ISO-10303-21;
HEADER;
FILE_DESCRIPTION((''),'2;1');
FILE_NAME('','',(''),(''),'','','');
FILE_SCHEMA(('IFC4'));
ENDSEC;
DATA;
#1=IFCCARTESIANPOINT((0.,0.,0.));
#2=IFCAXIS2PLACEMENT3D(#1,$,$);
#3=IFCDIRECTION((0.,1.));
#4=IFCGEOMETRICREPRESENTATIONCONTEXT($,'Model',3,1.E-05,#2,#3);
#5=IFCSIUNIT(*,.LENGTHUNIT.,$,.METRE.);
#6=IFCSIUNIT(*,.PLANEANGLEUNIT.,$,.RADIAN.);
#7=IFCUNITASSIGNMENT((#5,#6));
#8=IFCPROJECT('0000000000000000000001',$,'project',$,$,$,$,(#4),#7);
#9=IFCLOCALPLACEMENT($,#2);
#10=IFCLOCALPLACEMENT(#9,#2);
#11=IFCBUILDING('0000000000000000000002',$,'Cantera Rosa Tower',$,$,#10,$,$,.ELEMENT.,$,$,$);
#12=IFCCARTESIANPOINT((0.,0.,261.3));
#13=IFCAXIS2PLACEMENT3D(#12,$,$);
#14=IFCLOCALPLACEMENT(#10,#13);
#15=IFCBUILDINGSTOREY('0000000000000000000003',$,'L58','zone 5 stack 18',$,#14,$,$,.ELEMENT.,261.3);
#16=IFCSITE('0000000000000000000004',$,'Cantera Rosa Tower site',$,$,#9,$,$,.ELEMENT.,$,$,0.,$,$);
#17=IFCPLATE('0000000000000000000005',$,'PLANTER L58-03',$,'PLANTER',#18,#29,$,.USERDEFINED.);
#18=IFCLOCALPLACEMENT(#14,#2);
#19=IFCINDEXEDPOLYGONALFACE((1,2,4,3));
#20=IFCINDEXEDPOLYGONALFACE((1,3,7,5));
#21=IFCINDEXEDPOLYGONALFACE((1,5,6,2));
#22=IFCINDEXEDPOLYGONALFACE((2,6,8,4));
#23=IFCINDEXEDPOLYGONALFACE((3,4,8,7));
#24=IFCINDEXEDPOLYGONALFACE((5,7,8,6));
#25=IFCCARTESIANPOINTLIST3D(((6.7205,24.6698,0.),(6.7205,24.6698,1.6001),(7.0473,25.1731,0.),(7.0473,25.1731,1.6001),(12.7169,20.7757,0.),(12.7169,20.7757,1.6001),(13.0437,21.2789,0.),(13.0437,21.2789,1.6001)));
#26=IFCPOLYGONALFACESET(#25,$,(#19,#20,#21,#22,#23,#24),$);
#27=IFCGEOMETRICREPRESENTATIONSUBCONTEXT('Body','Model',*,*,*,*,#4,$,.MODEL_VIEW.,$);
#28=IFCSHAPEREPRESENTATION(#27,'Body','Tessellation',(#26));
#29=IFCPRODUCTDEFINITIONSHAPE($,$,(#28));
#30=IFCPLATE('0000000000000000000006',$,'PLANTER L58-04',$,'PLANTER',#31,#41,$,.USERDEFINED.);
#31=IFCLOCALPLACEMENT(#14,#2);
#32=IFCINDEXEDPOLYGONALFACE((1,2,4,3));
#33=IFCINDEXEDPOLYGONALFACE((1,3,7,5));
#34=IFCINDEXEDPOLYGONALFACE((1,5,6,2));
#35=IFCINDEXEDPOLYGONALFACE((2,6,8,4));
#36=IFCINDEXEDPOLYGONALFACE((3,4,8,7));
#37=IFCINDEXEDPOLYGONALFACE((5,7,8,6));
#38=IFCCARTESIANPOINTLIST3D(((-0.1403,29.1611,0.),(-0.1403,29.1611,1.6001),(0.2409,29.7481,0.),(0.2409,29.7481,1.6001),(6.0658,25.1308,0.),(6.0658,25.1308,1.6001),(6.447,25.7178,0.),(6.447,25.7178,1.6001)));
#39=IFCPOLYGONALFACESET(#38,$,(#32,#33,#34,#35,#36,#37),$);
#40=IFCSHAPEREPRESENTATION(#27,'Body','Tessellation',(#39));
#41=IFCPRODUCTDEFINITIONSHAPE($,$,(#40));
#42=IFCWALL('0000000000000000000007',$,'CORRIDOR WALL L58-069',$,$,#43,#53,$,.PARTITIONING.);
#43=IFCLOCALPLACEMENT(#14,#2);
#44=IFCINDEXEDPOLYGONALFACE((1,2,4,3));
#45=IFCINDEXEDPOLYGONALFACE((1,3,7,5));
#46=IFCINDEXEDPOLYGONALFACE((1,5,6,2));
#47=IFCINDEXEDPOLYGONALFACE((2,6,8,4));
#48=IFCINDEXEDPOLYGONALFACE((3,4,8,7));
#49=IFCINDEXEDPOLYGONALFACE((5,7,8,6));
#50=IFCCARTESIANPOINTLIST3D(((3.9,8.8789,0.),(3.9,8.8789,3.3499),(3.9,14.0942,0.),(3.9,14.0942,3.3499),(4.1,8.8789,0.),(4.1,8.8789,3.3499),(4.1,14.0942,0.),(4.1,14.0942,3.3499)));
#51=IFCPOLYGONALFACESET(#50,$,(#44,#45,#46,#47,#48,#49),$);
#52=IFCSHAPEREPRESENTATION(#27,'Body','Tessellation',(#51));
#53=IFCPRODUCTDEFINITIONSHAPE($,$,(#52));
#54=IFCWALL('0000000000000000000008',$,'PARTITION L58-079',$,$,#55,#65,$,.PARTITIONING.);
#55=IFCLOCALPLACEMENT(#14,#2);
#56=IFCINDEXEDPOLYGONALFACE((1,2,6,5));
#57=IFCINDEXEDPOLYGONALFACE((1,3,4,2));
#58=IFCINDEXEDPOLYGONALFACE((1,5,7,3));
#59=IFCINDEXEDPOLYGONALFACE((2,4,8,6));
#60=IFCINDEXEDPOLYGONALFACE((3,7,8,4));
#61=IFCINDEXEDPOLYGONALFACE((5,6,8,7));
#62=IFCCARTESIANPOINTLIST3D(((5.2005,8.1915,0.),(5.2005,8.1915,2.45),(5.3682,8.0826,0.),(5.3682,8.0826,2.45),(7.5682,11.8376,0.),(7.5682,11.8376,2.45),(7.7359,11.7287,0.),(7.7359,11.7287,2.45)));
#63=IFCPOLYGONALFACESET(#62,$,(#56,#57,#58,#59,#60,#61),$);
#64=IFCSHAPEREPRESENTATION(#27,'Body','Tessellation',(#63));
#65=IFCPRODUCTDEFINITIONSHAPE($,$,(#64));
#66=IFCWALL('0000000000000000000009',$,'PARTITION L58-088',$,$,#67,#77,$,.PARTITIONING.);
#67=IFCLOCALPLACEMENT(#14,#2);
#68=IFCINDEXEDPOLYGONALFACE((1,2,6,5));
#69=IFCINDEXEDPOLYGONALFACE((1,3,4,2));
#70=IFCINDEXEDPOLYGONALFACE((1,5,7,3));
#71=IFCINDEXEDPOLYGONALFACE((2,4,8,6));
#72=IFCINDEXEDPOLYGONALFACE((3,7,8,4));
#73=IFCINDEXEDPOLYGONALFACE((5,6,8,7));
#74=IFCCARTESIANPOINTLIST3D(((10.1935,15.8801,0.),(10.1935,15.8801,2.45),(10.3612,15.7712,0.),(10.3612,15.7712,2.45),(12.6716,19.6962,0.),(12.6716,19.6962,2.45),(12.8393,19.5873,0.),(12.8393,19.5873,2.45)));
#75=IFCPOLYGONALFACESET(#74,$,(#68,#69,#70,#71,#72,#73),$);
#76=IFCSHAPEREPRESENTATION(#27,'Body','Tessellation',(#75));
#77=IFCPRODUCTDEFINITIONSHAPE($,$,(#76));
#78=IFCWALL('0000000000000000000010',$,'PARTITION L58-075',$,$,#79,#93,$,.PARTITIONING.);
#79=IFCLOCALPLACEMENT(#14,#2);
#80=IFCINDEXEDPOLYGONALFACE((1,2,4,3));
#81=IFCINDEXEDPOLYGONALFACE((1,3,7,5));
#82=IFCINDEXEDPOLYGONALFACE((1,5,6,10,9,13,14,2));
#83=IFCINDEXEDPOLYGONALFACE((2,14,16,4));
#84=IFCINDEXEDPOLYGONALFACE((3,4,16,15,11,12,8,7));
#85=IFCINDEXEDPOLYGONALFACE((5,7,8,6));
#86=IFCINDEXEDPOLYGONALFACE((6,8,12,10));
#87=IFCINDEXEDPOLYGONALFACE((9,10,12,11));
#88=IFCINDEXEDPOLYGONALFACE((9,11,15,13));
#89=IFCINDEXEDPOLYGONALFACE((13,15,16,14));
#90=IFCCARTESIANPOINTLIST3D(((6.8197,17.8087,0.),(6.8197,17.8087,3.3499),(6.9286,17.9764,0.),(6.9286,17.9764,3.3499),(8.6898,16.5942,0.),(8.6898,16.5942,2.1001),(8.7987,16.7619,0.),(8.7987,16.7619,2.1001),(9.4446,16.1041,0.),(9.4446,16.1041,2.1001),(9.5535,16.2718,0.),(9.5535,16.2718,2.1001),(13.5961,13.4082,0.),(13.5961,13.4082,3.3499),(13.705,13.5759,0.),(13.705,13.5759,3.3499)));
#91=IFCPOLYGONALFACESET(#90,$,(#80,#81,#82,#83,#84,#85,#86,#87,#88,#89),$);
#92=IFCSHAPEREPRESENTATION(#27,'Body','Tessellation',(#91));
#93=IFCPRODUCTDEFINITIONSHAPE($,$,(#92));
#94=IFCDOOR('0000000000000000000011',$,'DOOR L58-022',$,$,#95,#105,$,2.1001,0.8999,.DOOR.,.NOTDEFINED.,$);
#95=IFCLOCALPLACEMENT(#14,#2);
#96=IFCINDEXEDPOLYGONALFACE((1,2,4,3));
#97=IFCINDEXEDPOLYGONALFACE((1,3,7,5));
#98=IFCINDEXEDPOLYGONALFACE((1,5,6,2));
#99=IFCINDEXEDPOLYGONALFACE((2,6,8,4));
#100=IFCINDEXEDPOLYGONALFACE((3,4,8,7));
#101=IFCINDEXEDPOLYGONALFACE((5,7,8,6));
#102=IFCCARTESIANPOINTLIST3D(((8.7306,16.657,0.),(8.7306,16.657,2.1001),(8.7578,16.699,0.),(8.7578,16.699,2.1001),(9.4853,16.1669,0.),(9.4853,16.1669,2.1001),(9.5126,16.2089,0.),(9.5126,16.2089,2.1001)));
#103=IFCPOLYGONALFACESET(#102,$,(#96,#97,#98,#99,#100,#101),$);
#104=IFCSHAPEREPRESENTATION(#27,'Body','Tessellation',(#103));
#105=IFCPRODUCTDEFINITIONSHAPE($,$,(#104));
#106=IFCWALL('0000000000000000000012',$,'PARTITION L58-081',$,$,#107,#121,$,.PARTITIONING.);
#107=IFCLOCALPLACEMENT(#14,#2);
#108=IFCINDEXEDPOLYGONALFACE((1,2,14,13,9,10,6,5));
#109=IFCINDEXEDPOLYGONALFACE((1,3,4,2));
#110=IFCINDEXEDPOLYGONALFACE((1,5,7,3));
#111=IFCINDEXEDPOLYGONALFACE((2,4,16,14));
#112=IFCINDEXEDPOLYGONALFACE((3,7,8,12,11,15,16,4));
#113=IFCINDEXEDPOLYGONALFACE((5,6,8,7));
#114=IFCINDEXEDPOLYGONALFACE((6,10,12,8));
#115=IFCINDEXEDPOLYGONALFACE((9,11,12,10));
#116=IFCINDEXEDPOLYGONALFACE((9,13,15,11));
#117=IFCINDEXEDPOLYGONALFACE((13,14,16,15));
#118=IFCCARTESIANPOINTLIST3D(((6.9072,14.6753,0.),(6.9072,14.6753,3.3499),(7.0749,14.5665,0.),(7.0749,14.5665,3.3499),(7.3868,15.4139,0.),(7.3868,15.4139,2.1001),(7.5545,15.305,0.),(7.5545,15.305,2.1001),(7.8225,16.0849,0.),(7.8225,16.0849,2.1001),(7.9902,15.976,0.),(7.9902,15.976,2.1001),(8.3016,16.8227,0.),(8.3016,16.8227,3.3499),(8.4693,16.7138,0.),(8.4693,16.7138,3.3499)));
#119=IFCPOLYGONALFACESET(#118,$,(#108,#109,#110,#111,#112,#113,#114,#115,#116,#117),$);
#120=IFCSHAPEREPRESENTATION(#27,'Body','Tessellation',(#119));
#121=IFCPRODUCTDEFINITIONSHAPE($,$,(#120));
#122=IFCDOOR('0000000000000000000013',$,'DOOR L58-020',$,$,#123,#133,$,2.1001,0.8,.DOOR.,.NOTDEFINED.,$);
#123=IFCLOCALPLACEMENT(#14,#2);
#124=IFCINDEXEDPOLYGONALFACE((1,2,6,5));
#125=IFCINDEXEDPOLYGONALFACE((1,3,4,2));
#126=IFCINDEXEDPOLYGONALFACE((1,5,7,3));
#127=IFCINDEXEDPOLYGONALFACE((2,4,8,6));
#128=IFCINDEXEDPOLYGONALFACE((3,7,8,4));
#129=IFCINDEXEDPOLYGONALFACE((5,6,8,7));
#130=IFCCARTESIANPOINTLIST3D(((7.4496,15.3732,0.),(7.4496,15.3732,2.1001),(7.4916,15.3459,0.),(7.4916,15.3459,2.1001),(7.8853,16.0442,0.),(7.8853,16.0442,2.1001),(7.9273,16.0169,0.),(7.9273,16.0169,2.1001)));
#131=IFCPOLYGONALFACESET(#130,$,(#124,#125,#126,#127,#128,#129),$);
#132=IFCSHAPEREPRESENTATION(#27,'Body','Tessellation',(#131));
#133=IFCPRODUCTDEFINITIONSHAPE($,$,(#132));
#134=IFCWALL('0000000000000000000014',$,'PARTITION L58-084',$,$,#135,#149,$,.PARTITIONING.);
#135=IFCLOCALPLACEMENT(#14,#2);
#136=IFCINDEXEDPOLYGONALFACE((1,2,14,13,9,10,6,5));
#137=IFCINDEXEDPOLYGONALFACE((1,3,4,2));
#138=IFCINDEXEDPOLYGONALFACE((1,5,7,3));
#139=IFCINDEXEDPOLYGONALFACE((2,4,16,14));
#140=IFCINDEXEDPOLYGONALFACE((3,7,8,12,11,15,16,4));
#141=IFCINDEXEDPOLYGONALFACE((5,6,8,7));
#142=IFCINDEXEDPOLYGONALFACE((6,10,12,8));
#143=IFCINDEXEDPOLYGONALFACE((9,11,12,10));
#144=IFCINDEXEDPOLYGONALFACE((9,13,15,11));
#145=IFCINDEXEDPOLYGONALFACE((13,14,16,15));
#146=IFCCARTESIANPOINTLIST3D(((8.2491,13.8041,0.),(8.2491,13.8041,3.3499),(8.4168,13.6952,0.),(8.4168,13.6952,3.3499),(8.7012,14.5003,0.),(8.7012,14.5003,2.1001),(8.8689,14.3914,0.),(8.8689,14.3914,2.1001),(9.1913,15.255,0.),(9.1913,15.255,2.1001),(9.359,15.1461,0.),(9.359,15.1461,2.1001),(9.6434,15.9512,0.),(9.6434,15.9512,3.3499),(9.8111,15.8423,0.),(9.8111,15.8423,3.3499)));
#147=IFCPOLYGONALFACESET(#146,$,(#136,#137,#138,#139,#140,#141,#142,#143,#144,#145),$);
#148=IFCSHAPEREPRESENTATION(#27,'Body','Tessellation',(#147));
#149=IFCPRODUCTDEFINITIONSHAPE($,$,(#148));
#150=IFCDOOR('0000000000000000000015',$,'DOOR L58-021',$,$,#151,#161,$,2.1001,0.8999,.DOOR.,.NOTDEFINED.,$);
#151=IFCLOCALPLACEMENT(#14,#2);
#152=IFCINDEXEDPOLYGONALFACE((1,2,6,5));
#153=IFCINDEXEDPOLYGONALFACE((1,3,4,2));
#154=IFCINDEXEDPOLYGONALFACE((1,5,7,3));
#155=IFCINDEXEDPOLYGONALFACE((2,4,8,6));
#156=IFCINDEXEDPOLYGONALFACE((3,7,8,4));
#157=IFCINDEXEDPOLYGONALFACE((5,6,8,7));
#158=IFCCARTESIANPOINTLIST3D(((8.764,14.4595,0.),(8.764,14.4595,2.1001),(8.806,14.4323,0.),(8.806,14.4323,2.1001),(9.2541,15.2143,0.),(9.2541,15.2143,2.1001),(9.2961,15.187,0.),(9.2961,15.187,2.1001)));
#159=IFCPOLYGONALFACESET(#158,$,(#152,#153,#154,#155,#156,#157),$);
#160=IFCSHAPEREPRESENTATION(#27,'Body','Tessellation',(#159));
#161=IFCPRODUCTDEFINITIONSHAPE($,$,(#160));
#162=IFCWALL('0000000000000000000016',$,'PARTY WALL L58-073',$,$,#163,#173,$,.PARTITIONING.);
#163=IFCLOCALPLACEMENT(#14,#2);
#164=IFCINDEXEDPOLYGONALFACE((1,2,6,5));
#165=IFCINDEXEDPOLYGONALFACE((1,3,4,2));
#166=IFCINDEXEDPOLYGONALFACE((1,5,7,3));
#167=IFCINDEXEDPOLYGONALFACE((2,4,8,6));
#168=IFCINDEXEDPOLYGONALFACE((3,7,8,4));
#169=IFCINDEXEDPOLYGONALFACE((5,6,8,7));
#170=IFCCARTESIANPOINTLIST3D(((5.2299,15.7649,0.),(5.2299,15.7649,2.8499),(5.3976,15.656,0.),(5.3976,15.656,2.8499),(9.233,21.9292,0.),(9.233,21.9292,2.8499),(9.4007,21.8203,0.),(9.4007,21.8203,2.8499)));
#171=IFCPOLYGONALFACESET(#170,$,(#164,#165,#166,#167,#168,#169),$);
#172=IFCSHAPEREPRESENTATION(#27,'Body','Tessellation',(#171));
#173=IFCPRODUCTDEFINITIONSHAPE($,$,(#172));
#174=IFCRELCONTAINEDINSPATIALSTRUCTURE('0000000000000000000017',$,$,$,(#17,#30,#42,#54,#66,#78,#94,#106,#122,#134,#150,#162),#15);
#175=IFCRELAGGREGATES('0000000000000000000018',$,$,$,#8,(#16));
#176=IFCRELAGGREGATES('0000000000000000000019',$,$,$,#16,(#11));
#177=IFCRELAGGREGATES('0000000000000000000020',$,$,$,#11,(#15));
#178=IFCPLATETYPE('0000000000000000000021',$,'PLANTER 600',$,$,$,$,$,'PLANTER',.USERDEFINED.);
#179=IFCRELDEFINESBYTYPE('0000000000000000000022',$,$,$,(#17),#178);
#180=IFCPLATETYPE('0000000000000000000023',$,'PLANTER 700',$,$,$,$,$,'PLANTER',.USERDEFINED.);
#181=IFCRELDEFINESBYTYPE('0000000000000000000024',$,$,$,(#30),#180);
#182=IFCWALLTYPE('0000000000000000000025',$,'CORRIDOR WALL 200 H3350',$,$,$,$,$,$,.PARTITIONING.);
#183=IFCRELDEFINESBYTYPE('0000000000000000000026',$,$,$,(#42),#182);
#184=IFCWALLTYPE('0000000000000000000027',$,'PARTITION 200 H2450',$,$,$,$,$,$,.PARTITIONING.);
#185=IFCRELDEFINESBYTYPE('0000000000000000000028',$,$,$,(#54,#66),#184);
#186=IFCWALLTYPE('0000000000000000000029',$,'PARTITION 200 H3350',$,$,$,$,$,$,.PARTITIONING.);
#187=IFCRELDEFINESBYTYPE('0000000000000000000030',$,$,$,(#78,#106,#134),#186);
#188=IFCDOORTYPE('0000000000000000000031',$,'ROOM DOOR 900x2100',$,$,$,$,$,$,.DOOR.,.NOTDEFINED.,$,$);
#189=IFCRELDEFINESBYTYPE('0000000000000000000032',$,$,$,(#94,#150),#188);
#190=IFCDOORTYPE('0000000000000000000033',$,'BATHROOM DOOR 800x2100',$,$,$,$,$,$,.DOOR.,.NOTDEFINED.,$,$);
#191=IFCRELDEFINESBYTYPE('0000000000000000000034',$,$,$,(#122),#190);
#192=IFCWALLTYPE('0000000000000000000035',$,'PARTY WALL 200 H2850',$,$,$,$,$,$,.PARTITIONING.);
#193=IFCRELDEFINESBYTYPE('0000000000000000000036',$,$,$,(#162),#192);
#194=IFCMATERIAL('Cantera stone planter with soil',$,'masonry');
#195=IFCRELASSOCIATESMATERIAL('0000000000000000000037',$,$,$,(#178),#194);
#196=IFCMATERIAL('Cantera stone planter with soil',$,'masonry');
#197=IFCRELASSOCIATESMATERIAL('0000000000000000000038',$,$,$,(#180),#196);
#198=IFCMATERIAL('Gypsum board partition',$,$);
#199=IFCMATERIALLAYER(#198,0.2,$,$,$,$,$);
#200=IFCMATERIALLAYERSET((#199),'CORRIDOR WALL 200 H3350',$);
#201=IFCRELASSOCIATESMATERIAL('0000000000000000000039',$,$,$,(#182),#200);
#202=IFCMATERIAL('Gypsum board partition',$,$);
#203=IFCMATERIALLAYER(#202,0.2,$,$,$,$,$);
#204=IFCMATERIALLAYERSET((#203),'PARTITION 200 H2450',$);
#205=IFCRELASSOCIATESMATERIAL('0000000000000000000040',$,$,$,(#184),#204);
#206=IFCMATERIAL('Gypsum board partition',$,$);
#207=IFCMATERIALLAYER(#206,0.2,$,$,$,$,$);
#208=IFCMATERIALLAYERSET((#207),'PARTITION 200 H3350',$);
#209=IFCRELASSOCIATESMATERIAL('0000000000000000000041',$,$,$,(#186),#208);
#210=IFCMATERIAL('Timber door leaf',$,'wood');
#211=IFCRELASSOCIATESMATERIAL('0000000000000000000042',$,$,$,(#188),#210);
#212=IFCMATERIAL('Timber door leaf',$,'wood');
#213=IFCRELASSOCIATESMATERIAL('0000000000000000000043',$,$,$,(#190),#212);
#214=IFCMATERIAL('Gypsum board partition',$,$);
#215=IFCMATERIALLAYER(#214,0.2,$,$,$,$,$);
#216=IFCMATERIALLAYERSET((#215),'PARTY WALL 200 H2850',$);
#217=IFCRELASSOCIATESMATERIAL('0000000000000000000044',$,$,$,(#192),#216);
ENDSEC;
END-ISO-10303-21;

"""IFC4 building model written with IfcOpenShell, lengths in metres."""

from ifc_helpers import new_model, si_unit, direction, frame, frame_2d, origin, origin_2d, place, context, subcontext, project, spatial, rectangle, extrude, material, layer, layer_set, type_object, element, fill, save


model = new_model("IFC4")

# Units and contexts
model_context = context("Model", 3, precision=1e-05, world=origin(), true_north=direction((0.0, 1.0)))
body_context = subcontext(model_context, "Body", "Model", "MODEL_VIEW")
ifc_project = project(units=[si_unit("LENGTHUNIT", "METRE"), si_unit("PLANEANGLEUNIT", "RADIAN")], contexts=[model_context])

# Site, building, storey
site_placement = place(None, origin())
site = spatial("IfcSite", under=ifc_project, at=site_placement, Name="Cantera Rosa Tower site", CompositionType="ELEMENT", RefElevation=0.0)
building_placement = place(site_placement, origin())
building = spatial("IfcBuilding", under=site, at=building_placement, Name="Cantera Rosa Tower", CompositionType="ELEMENT")
storey_placement = place(building_placement, frame((0.0, 0.0, 261.3)))
storey = spatial("IfcBuildingStorey", under=building, at=storey_placement, Name="L58", Description="zone 5 stack 18", CompositionType="ELEMENT", Elevation=261.3)

# Plates
ifc_material_1 = material(Name="Cantera stone planter with soil", Category="masonry")
plate_type_1 = type_object("IfcPlateType", Name="PLANTER 600", ElementType="PLANTER", PredefinedType="USERDEFINED", material=ifc_material_1)
plate_1_placement = place(storey_placement, frame((9.8821, 22.9744, 0.0), z_axis=(0.0, 0.0, 1.0), x_axis=(-0.838671, 0.544639, 0.0)))
element("IfcPlate", 1, at=plate_1_placement, inside=storey, type_object=plate_type_1, Name="PLANTER L58-03", ObjectType="PLANTER", PredefinedType="USERDEFINED", context=body_context, shape_type="SweptSolid", body=[
    extrude(rectangle(XDim=7.1499, YDim=0.6001, at=origin_2d()), origin(), (0.0, 0.0, 1.0), 1.6001),
])
ifc_material_2 = material(Name="Cantera stone planter with soil", Category="masonry")
plate_type_2 = type_object("IfcPlateType", Name="PLANTER 700", ElementType="PLANTER", PredefinedType="USERDEFINED", material=ifc_material_2)
plate_2_placement = place(storey_placement, frame((3.1533, 27.4395, 0.0), z_axis=(0.0, 0.0, 1.0), x_axis=(-0.838671, 0.544639, 0.0)))
element("IfcPlate", 2, at=plate_2_placement, inside=storey, type_object=plate_type_2, Name="PLANTER L58-04", ObjectType="PLANTER", PredefinedType="USERDEFINED", context=body_context, shape_type="SweptSolid", body=[
    extrude(rectangle(XDim=7.3999, YDim=0.7, at=origin_2d()), origin(), (0.0, 0.0, 1.0), 1.6001),
])

# Wall
ifc_material_3 = material(Name="Gypsum board partition")
ifc_layer_1 = layer(ifc_material_3, 0.2)
ifc_layer_set_1 = layer_set([ifc_layer_1], Name="CORRIDOR WALL 200 H3350")
wall_type_1 = type_object("IfcWallType", Name="CORRIDOR WALL 200 H3350", PredefinedType="PARTITIONING", material=ifc_layer_set_1)
wall_1_placement = place(storey_placement, frame((4.0, 8.8789, 0.0), z_axis=(0.0, 0.0, 1.0), x_axis=(0.0, 1.0, 0.0)))
element("IfcWall", 3, at=wall_1_placement, inside=storey, type_object=wall_type_1, Name="CORRIDOR WALL L58-069", PredefinedType="PARTITIONING", context=body_context, shape_type="SweptSolid", body=[
    extrude(rectangle(XDim=5.2153, YDim=0.2, at=frame_2d((2.6077, 0.0))), origin(), (0.0, 0.0, 1.0), 3.3499),
])

# Walls
ifc_material_4 = material(Name="Gypsum board partition")
ifc_layer_2 = layer(ifc_material_4, 0.2)
ifc_layer_set_2 = layer_set([ifc_layer_2], Name="PARTITION 200 H2450")
wall_type_2 = type_object("IfcWallType", Name="PARTITION 200 H2450", PredefinedType="PARTITIONING", material=ifc_layer_set_2)
wall_2_placement = place(storey_placement, frame((7.6521, 11.7832, 0.0), z_axis=(0.0, 0.0, 1.0), x_axis=(-0.544629, -0.838677, 0.0)))
element("IfcWall", 4, at=wall_2_placement, inside=storey, type_object=wall_type_2, Name="PARTITION L58-079", PredefinedType="PARTITIONING", context=body_context, shape_type="SweptSolid", body=[
    extrude(rectangle(XDim=4.3474, YDim=0.2, at=frame_2d((2.1738, 0.0))), origin(), (0.0, 0.0, 1.0), 2.45),
])
wall_3_placement = place(storey_placement, frame((12.7554, 19.6416, 0.0), z_axis=(0.0, 0.0, 1.0), x_axis=(-0.54463, -0.838676, 0.0)))
element("IfcWall", 5, at=wall_3_placement, inside=storey, type_object=wall_type_2, Name="PARTITION L58-088", PredefinedType="PARTITIONING", context=body_context, shape_type="SweptSolid", body=[
    extrude(rectangle(XDim=4.55, YDim=0.2, at=frame_2d((2.2749, 0.0))), origin(), (0.0, 0.0, 1.0), 2.45),
])

# Walls, openings, doors
ifc_material_5 = material(Name="Gypsum board partition")
ifc_layer_3 = layer(ifc_material_5, 0.2)
ifc_layer_set_3 = layer_set([ifc_layer_3], Name="PARTITION 200 H3350")
wall_type_3 = type_object("IfcWallType", Name="PARTITION 200 H3350", PredefinedType="PARTITIONING", material=ifc_layer_set_3)
wall_4_placement = place(storey_placement, frame((6.874, 17.8926, 0.0), z_axis=(0.0, 0.0, 1.0), x_axis=(0.838684, -0.544619, 0.0)))
wall_4 = element("IfcWall", 6, at=wall_4_placement, inside=storey, type_object=wall_type_3, Name="PARTITION L58-075", PredefinedType="PARTITIONING", context=body_context, shape_type="SweptSolid", body=[
    extrude(rectangle(XDim=8.0798, YDim=0.2, at=frame_2d((4.04, 0.0))), origin(), (0.0, 0.0, 1.0), 3.3499),
])
opening_1_placement = place(wall_4_placement, frame((2.23, 0.0, 0.0)))
opening_1 = element("IfcOpeningElement", 7, at=opening_1_placement, cuts=wall_4, PredefinedType="OPENING", context=body_context, shape_type="SweptSolid", body=[
    extrude(rectangle(XDim=0.8999, YDim=2.1001, at=frame_2d((0.45, 1.05))), frame((0.0, 0.1099, 0.0), z_axis=(0.0, -1.0, 0.0), x_axis=(1.0, 0.0, 0.0)), (0.0, 0.0, 1.0), 0.22),
])
ifc_material_6 = material(Name="Timber door leaf", Category="wood")
door_type_1 = type_object("IfcDoorType", Name="ROOM DOOR 900x2100", OperationType="NOTDEFINED", PredefinedType="DOOR", material=ifc_material_6)
door_1_placement = place(opening_1_placement, origin())
door_1 = element("IfcDoor", 8, at=door_1_placement, inside=storey, type_object=door_type_1, Name="DOOR L58-022", OperationType="NOTDEFINED", OverallHeight=2.1001, OverallWidth=0.8999, PredefinedType="DOOR", context=body_context, shape_type="SweptSolid", body=[
    extrude(rectangle(XDim=0.8999, YDim=2.1001, at=frame_2d((0.45, 1.05))), frame((0.0, 0.0249, 0.0), z_axis=(0.0, -1.0, 0.0), x_axis=(1.0, 0.0, 0.0)), (0.0, 0.0, 1.0), 0.05),
])
fill(opening_1, door_1)
wall_5_placement = place(storey_placement, frame((8.3855, 16.7683, 0.0), z_axis=(0.0, 0.0, 1.0), x_axis=(-0.544603, -0.838694, 0.0)))
wall_5 = element("IfcWall", 9, at=wall_5_placement, inside=storey, type_object=wall_type_3, Name="PARTITION L58-081", PredefinedType="PARTITIONING", context=body_context, shape_type="SweptSolid", body=[
    extrude(rectangle(XDim=2.5603, YDim=0.2, at=frame_2d((1.2803, 0.0))), origin(), (0.0, 0.0, 1.0), 3.3499),
])
opening_2_placement = place(wall_5_placement, frame((0.8799, 0.0, 0.0)))
opening_2 = element("IfcOpeningElement", 10, at=opening_2_placement, cuts=wall_5, PredefinedType="OPENING", context=body_context, shape_type="SweptSolid", body=[
    extrude(rectangle(XDim=0.8, YDim=2.1001, at=frame_2d((0.3999, 1.05))), frame((0.0, 0.1099, 0.0), z_axis=(0.0, -1.0, 0.0), x_axis=(1.0, 0.0, 0.0)), (0.0, 0.0, 1.0), 0.22),
])
ifc_material_7 = material(Name="Timber door leaf", Category="wood")
door_type_2 = type_object("IfcDoorType", Name="BATHROOM DOOR 800x2100", OperationType="NOTDEFINED", PredefinedType="DOOR", material=ifc_material_7)
door_2_placement = place(opening_2_placement, origin())
door_2 = element("IfcDoor", 11, at=door_2_placement, inside=storey, type_object=door_type_2, Name="DOOR L58-020", OperationType="NOTDEFINED", OverallHeight=2.1001, OverallWidth=0.8, PredefinedType="DOOR", context=body_context, shape_type="SweptSolid", body=[
    extrude(rectangle(XDim=0.8, YDim=2.1001, at=frame_2d((0.3999, 1.05))), frame((0.0, 0.0249, 0.0), z_axis=(0.0, -1.0, 0.0), x_axis=(1.0, 0.0, 0.0)), (0.0, 0.0, 1.0), 0.05),
])
fill(opening_2, door_2)
wall_6_placement = place(storey_placement, frame((9.7273, 15.8967, 0.0), z_axis=(0.0, 0.0, 1.0), x_axis=(-0.544646, -0.838666, 0.0)))
wall_6 = element("IfcWall", 12, at=wall_6_placement, inside=storey, type_object=wall_type_3, Name="PARTITION L58-084", PredefinedType="PARTITIONING", context=body_context, shape_type="SweptSolid", body=[
    extrude(rectangle(XDim=2.5601, YDim=0.2, at=frame_2d((1.28, 0.0))), origin(), (0.0, 0.0, 1.0), 3.3499),
])
opening_3_placement = place(wall_6_placement, frame((0.8301, 0.0, 0.0)))
opening_3 = element("IfcOpeningElement", 13, at=opening_3_placement, cuts=wall_6, PredefinedType="OPENING", context=body_context, shape_type="SweptSolid", body=[
    extrude(rectangle(XDim=0.8999, YDim=2.1001, at=frame_2d((0.45, 1.05))), frame((0.0, 0.1099, 0.0), z_axis=(0.0, -1.0, 0.0), x_axis=(1.0, 0.0, 0.0)), (0.0, 0.0, 1.0), 0.22),
])
door_3_placement = place(opening_3_placement, origin())
door_3 = element("IfcDoor", 14, at=door_3_placement, inside=storey, type_object=door_type_1, Name="DOOR L58-021", OperationType="NOTDEFINED", OverallHeight=2.1001, OverallWidth=0.8999, PredefinedType="DOOR", context=body_context, shape_type="SweptSolid", body=[
    extrude(rectangle(XDim=0.8999, YDim=2.1001, at=frame_2d((0.45, 1.05))), frame((0.0, 0.0249, 0.0), z_axis=(0.0, -1.0, 0.0), x_axis=(1.0, 0.0, 0.0)), (0.0, 0.0, 1.0), 0.05),
])
fill(opening_3, door_3)

# Wall
ifc_material_8 = material(Name="Gypsum board partition")
ifc_layer_4 = layer(ifc_material_8, 0.2)
ifc_layer_set_4 = layer_set([ifc_layer_4], Name="PARTY WALL 200 H2850")
wall_type_4 = type_object("IfcWallType", Name="PARTY WALL 200 H2850", PredefinedType="PARTITIONING", material=ifc_layer_set_4)
wall_7_placement = place(storey_placement, frame((5.3137, 15.7104, 0.0), z_axis=(0.0, 0.0, 1.0), x_axis=(0.544642, 0.838669, 0.0)))
element("IfcWall", 15, at=wall_7_placement, inside=storey, type_object=wall_type_4, Name="PARTY WALL L58-073", PredefinedType="PARTITIONING", context=body_context, shape_type="SweptSolid", body=[
    extrude(rectangle(XDim=7.3501, YDim=0.2, at=frame_2d((3.675, 0.0))), origin(), (0.0, 0.0, 1.0), 2.8499),
])

save(model, "model.ifc")
